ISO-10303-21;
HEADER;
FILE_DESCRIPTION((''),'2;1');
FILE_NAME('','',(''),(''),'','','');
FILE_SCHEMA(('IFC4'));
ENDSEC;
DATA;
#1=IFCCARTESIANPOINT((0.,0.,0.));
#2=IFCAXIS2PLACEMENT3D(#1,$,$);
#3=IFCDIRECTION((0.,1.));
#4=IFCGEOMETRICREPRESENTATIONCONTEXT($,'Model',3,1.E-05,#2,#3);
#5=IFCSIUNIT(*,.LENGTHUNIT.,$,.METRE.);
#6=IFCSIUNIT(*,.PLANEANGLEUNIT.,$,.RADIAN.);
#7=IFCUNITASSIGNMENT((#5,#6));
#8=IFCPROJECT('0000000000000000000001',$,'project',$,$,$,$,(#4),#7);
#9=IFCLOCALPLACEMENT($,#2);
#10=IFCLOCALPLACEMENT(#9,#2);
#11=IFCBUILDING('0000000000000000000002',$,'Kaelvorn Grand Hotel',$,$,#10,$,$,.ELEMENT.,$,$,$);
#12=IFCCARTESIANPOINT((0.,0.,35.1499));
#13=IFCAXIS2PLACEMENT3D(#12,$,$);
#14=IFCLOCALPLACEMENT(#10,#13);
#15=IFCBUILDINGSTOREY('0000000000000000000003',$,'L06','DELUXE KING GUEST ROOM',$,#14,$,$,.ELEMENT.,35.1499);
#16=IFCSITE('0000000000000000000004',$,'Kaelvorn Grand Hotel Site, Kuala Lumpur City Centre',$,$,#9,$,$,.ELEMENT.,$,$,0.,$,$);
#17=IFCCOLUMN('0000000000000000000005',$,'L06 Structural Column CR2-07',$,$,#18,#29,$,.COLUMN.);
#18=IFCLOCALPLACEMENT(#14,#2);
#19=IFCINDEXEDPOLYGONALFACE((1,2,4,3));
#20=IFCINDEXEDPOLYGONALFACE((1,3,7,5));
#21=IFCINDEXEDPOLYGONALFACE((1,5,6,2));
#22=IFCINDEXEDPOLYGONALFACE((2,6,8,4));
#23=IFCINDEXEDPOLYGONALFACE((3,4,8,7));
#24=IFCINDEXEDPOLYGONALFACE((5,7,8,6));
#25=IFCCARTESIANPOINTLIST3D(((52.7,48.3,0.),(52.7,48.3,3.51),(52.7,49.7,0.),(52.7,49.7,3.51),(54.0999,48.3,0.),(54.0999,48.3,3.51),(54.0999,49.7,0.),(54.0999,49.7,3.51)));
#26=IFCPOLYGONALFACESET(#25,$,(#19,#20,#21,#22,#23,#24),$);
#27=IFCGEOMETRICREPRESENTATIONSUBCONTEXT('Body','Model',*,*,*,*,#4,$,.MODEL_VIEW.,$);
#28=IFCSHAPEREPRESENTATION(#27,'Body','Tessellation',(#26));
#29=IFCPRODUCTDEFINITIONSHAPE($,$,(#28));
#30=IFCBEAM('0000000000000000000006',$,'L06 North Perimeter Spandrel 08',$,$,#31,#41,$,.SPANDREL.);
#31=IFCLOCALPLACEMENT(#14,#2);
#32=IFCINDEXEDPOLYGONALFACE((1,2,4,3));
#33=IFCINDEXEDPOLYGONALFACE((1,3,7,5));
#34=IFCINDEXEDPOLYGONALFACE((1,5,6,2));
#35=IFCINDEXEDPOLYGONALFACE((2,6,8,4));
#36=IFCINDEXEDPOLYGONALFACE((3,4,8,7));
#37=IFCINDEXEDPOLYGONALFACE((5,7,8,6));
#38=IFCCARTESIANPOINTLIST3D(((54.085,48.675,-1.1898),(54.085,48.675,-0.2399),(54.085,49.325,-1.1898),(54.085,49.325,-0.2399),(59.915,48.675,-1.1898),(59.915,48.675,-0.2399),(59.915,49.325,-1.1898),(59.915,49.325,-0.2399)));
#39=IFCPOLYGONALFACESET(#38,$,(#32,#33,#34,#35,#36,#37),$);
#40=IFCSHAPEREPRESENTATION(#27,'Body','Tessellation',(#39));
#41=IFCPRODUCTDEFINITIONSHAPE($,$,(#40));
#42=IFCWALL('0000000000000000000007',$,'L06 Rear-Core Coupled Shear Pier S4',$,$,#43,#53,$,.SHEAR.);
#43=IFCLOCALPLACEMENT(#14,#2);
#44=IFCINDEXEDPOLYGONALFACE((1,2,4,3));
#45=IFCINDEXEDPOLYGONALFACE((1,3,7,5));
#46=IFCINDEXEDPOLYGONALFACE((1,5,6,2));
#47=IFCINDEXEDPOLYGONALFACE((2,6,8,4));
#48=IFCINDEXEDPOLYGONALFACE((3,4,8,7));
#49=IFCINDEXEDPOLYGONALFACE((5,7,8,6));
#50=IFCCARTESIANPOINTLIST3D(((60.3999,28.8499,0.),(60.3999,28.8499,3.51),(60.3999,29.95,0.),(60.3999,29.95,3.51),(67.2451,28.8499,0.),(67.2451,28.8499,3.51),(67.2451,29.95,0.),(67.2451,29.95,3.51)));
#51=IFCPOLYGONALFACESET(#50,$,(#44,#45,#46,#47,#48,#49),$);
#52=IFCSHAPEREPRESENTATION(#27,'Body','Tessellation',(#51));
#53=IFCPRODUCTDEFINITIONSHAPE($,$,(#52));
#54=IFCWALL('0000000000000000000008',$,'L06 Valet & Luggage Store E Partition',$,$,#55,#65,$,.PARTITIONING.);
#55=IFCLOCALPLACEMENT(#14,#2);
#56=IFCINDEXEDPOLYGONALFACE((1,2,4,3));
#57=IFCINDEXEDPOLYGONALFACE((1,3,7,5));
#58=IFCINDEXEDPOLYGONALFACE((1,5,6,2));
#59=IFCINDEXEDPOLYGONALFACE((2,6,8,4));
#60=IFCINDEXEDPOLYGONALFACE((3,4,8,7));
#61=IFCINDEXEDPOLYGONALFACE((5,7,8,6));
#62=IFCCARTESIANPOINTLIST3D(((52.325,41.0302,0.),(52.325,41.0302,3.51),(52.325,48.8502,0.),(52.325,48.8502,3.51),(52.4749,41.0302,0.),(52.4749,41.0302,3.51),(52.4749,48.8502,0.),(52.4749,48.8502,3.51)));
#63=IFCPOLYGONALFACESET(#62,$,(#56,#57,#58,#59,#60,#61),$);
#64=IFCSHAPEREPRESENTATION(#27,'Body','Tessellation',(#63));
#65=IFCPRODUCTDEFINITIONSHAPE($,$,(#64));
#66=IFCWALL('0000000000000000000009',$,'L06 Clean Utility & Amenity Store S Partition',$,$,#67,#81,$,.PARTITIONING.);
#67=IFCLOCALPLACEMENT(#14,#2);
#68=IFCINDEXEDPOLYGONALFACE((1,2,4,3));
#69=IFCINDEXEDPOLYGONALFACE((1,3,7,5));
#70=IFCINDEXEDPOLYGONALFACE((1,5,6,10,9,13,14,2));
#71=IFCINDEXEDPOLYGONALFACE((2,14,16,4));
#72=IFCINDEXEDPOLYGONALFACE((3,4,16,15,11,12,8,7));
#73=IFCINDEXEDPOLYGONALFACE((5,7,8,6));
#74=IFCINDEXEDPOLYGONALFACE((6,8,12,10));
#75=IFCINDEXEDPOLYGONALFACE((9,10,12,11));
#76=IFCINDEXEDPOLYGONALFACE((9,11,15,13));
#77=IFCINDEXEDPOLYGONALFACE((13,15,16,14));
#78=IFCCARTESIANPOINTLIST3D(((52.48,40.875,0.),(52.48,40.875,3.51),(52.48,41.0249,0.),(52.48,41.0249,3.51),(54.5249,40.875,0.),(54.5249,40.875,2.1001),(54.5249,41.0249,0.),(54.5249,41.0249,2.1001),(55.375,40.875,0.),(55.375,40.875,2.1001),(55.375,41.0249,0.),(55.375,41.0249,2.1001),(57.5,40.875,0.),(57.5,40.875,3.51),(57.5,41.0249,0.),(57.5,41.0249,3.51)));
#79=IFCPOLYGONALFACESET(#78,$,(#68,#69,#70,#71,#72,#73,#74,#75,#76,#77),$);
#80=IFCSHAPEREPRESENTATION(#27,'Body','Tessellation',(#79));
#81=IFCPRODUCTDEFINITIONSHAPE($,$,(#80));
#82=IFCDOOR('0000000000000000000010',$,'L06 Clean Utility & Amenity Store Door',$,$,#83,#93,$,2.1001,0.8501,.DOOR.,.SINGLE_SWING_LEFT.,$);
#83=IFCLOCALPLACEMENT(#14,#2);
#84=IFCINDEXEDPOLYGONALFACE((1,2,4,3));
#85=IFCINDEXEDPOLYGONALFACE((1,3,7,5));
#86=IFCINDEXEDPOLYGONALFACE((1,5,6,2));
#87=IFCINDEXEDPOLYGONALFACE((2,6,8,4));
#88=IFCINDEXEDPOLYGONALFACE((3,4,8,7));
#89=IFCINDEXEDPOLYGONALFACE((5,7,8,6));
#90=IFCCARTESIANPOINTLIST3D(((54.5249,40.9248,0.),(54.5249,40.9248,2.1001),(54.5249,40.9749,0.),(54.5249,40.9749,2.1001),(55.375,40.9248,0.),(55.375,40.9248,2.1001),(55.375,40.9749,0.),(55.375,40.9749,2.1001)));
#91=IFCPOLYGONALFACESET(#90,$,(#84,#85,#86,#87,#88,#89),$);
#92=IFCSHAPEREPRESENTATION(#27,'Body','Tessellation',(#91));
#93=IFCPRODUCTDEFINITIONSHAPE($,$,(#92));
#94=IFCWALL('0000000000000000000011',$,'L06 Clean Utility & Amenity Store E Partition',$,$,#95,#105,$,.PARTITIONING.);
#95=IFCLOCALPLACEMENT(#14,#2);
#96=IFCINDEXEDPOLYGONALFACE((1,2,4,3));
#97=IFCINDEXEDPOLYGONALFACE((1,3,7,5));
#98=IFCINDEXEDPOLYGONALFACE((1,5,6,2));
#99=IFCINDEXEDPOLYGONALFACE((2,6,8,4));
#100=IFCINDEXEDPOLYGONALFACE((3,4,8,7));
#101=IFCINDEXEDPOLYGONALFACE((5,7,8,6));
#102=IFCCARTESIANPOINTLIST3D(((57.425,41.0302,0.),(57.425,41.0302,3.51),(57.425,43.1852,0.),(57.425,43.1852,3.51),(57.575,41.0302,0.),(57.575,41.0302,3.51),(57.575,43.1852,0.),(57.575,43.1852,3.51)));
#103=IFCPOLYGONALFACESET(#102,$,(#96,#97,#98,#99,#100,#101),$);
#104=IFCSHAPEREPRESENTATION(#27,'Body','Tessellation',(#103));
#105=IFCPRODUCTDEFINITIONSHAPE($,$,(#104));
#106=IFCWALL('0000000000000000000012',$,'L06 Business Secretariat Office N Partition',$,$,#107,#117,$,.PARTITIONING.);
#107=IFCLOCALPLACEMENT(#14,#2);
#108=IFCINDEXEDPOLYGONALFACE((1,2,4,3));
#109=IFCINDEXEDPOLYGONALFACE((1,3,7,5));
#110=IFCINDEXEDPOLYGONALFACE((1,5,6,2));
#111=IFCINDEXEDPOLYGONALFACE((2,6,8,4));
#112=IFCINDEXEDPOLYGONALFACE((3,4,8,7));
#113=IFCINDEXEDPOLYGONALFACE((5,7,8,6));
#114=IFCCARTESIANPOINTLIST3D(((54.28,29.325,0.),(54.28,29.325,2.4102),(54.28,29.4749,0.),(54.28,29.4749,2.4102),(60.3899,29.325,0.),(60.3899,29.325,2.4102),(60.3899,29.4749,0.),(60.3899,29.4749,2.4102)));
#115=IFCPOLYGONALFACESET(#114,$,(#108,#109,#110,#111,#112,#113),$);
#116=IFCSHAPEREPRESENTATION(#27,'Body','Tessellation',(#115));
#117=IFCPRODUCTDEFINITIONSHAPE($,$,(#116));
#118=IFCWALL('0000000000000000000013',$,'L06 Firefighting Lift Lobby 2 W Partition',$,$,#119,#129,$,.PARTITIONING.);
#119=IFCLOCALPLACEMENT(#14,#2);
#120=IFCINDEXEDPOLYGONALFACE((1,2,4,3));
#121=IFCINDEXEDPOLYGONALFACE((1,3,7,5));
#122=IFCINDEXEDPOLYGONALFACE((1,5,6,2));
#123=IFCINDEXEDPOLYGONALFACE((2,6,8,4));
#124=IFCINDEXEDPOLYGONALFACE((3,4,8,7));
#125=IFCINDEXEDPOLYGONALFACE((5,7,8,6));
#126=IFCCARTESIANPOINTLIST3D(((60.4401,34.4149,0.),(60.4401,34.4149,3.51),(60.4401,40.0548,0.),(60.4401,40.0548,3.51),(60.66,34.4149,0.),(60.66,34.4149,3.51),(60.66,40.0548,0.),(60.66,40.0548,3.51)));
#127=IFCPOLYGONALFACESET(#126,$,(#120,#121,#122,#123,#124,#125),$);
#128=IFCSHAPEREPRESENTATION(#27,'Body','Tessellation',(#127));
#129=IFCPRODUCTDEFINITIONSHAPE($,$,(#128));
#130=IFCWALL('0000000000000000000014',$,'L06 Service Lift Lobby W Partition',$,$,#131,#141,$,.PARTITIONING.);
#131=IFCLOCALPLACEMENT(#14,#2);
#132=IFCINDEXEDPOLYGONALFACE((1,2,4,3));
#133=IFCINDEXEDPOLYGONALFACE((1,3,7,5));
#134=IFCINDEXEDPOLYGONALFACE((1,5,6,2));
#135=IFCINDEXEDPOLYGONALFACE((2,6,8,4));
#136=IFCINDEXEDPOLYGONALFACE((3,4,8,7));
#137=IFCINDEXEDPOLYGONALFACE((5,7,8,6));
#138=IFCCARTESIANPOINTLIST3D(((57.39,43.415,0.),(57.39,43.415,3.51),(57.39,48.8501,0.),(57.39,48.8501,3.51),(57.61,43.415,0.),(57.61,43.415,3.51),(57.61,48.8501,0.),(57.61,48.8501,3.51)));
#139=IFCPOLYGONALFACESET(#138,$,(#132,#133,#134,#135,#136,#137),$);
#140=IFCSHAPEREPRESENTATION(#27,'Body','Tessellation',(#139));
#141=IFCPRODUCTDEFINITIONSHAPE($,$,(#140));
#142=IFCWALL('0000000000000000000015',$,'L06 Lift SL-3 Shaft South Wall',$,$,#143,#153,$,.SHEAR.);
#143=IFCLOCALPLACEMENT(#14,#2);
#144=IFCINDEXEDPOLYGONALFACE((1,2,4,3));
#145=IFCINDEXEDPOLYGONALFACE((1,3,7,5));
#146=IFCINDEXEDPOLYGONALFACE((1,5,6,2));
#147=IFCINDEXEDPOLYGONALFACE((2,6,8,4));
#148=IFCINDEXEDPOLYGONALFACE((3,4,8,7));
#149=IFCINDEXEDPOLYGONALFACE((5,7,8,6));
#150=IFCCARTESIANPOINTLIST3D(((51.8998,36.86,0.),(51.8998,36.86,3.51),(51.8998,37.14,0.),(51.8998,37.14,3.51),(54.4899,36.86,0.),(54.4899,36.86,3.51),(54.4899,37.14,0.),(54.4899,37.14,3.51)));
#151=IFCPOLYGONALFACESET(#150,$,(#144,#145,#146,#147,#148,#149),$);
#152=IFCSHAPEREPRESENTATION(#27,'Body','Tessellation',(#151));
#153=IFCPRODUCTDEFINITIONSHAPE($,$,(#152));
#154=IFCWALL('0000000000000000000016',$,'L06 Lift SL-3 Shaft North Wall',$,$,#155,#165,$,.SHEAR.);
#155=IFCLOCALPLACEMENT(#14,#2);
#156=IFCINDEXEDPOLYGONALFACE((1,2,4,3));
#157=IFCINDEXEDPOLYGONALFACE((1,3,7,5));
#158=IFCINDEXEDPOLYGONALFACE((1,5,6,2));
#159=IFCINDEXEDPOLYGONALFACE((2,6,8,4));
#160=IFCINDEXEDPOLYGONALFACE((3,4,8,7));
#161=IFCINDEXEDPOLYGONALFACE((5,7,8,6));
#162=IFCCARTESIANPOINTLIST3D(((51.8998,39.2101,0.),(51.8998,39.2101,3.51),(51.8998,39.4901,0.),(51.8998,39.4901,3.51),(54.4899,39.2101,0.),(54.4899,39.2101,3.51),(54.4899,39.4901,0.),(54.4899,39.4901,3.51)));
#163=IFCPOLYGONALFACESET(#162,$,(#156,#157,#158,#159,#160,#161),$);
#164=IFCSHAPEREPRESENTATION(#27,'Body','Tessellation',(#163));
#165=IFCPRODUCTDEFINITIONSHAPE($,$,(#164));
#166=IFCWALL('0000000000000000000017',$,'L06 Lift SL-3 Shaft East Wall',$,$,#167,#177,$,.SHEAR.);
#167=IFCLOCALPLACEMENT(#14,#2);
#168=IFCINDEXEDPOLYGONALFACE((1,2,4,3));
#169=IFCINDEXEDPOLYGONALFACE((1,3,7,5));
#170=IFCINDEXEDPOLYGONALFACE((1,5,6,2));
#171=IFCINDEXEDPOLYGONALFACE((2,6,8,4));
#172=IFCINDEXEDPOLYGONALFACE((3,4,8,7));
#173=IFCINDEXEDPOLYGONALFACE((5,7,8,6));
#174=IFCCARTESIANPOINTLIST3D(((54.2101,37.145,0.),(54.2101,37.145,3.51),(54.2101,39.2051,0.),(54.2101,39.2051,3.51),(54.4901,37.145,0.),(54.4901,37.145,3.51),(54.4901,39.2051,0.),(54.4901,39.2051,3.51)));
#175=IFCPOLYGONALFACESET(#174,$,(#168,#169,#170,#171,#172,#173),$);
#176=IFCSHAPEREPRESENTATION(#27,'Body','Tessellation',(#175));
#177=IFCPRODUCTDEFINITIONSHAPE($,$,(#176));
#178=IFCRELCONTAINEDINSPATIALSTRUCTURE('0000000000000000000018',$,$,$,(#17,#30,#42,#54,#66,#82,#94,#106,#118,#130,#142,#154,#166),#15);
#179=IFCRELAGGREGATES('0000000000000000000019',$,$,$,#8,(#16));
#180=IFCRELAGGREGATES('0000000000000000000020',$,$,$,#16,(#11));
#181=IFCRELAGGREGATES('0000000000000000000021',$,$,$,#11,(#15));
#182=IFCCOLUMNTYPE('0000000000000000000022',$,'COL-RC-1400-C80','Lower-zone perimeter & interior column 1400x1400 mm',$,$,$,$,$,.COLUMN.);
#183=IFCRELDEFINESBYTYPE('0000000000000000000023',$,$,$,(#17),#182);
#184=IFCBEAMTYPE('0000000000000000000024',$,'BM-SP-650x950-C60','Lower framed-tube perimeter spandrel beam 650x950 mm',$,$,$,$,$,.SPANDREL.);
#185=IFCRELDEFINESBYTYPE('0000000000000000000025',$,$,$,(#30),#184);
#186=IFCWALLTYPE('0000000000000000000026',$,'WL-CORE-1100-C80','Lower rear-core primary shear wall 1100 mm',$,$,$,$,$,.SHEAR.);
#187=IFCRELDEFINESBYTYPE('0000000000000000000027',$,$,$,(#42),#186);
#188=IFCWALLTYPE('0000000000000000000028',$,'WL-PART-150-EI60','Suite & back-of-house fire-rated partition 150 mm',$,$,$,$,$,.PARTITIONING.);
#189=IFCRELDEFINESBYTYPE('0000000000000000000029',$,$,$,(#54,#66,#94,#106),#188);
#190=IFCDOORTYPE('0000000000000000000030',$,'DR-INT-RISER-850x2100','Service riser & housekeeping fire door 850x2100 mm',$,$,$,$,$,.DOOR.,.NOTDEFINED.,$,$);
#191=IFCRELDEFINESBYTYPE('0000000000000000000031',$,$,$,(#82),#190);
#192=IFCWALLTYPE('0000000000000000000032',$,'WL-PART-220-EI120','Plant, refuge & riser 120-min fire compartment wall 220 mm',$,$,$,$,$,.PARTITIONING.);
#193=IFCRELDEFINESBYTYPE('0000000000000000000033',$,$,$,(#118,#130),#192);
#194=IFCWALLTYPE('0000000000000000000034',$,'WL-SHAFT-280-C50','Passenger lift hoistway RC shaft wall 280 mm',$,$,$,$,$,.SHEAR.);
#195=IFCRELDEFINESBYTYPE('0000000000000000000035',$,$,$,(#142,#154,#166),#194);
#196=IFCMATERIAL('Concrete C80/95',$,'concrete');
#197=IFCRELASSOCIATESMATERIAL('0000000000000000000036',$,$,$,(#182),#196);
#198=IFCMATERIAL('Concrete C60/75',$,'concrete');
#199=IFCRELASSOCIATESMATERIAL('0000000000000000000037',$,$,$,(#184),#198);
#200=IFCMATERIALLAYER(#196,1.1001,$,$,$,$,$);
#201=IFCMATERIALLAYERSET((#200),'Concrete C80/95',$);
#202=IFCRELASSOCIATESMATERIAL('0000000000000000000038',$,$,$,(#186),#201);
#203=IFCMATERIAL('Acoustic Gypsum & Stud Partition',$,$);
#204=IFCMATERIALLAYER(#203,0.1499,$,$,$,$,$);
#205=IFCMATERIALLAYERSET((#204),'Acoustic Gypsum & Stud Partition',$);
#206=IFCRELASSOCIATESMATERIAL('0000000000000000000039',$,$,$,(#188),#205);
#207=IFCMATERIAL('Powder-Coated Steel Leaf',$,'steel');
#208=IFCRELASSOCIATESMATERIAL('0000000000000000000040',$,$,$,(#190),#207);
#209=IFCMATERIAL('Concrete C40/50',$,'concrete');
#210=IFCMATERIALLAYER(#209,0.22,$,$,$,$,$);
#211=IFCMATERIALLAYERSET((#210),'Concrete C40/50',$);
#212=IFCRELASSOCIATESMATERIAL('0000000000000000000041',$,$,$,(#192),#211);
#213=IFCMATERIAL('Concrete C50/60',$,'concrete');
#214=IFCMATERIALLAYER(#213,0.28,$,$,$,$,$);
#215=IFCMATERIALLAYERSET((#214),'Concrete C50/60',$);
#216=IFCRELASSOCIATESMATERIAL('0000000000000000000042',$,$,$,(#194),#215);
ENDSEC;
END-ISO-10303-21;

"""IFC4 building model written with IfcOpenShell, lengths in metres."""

from ifc_helpers import new_model, si_unit, direction, frame, frame_2d, origin, origin_2d, place, context, subcontext, project, spatial, rectangle, extrude, material, layer, layer_set, material_profile, profile_set, type_object, element, fill, save


model = new_model("IFC4")

# Units and contexts
model_context = context("Model", 3, precision=1e-05, world=origin(), true_north=direction((0.0, 1.0)))
body_context = subcontext(model_context, "Body", "Model", "MODEL_VIEW")
ifc_project = project(units=[si_unit("LENGTHUNIT", "METRE"), si_unit("PLANEANGLEUNIT", "RADIAN")], contexts=[model_context])

# Site, building, storey
site_placement = place(None, origin())
site = spatial("IfcSite", under=ifc_project, at=site_placement, Name="Kaelvorn Grand Hotel Site, Kuala Lumpur City Centre", CompositionType="ELEMENT", RefElevation=0.0)
building_placement = place(site_placement, origin())
building = spatial("IfcBuilding", under=site, at=building_placement, Name="Kaelvorn Grand Hotel", CompositionType="ELEMENT")
storey_placement = place(building_placement, frame((0.0, 0.0, 35.1499)))
storey = spatial("IfcBuildingStorey", under=building, at=storey_placement, Name="L06", Description="DELUXE KING GUEST ROOM", CompositionType="ELEMENT", Elevation=35.1499)

# Column
ifc_material_1 = material(Name="Concrete C80/95", Category="concrete")
ifc_material_profile_1 = material_profile(ifc_material_1, rectangle(XDim=1.3999, YDim=1.3999, at=origin_2d()), Name="RC COL 1400x1400")
ifc_profile_set_1 = profile_set([ifc_material_profile_1], Name="Concrete C80/95")
column_type = type_object("IfcColumnType", Name="COL-RC-1400-C80", Description="Lower-zone perimeter & interior column 1400x1400 mm", PredefinedType="COLUMN", material=ifc_profile_set_1)
column_placement = place(storey_placement, frame((53.3999, 49.0, 0.0), z_axis=(0.0, 0.0, 1.0), x_axis=(1.0, 0.0, 0.0)))
element("IfcColumn", 1, at=column_placement, inside=storey, type_object=column_type, Name="L06 Structural Column CR2-07", PredefinedType="COLUMN", context=body_context, shape_type="SweptSolid", body=[
    extrude(rectangle(XDim=1.3999, YDim=1.3999, at=origin_2d()), origin(), (0.0, 0.0, 1.0), 3.51),
])

# Beam
ifc_material_2 = material(Name="Concrete C60/75", Category="concrete")
ifc_material_profile_2 = material_profile(ifc_material_2, rectangle(XDim=0.6499, YDim=0.95, at=origin_2d()), Name="RC SPANDREL 650x950")
ifc_profile_set_2 = profile_set([ifc_material_profile_2], Name="Concrete C60/75")
beam_type = type_object("IfcBeamType", Name="BM-SP-650x950-C60", Description="Lower framed-tube perimeter spandrel beam 650x950 mm", PredefinedType="SPANDREL", material=ifc_profile_set_2)
beam_placement = place(storey_placement, frame((54.085, 49.0, -0.7148), z_axis=(1.0, 0.0, 0.0), x_axis=(0.0, 1.0, 0.0)))
element("IfcBeam", 2, at=beam_placement, inside=storey, type_object=beam_type, Name="L06 North Perimeter Spandrel 08", PredefinedType="SPANDREL", context=body_context, shape_type="SweptSolid", body=[
    extrude(rectangle(XDim=0.6499, YDim=0.95, at=origin_2d()), origin(), (0.0, 0.0, 1.0), 5.8301),
])

# Walls
ifc_layer_1 = layer(ifc_material_1, 1.1001)
ifc_layer_set_1 = layer_set([ifc_layer_1], Name="Concrete C80/95")
wall_type_1 = type_object("IfcWallType", Name="WL-CORE-1100-C80", Description="Lower rear-core primary shear wall 1100 mm", PredefinedType="SHEAR", material=ifc_layer_set_1)
wall_1_placement = place(storey_placement, frame((60.3999, 29.3999, 0.0), z_axis=(0.0, 0.0, 1.0), x_axis=(1.0, 0.0, 0.0)))
element("IfcWall", 3, at=wall_1_placement, inside=storey, type_object=wall_type_1, Name="L06 Rear-Core Coupled Shear Pier S4", PredefinedType="SHEAR", context=body_context, shape_type="SweptSolid", body=[
    extrude(rectangle(XDim=6.8452, YDim=1.1001, at=frame_2d((3.4226, 0.0))), origin(), (0.0, 0.0, 1.0), 3.51),
])
ifc_material_3 = material(Name="Acoustic Gypsum & Stud Partition")
ifc_layer_2 = layer(ifc_material_3, 0.1499)
ifc_layer_set_2 = layer_set([ifc_layer_2], Name="Acoustic Gypsum & Stud Partition")
wall_type_2 = type_object("IfcWallType", Name="WL-PART-150-EI60", Description="Suite & back-of-house fire-rated partition 150 mm", PredefinedType="PARTITIONING", material=ifc_layer_set_2)
wall_2_placement = place(storey_placement, frame((52.3999, 41.03, 0.0), z_axis=(0.0, 0.0, 1.0), x_axis=(0.0, 1.0, 0.0)))
element("IfcWall", 4, at=wall_2_placement, inside=storey, type_object=wall_type_2, Name="L06 Valet & Luggage Store E Partition", PredefinedType="PARTITIONING", context=body_context, shape_type="SweptSolid", body=[
    extrude(rectangle(XDim=7.8201, YDim=0.1499, at=frame_2d((3.9102, 0.0))), origin(), (0.0, 0.0, 1.0), 3.51),
])

# Wall, opening, door
wall_3_placement = place(storey_placement, frame((52.48, 40.95, 0.0), z_axis=(0.0, 0.0, 1.0), x_axis=(1.0, 0.0, 0.0)))
wall_3 = element("IfcWall", 5, at=wall_3_placement, inside=storey, type_object=wall_type_2, Name="L06 Clean Utility & Amenity Store S Partition", PredefinedType="PARTITIONING", context=body_context, shape_type="SweptSolid", body=[
    extrude(rectangle(XDim=5.02, YDim=0.1499, at=frame_2d((2.51, 0.0))), origin(), (0.0, 0.0, 1.0), 3.51),
])
opening_1_placement = place(wall_3_placement, frame((2.0449, 0.0, 0.0)))
opening_1 = element("IfcOpeningElement", 6, at=opening_1_placement, cuts=wall_3, PredefinedType="OPENING", context=body_context, shape_type="SweptSolid", body=[
    extrude(rectangle(XDim=0.8501, YDim=2.1001, at=frame_2d((0.425, 1.05))), frame((0.0, 0.085, 0.0), z_axis=(0.0, -1.0, 0.0), x_axis=(1.0, 0.0, 0.0)), (0.0, 0.0, 1.0), 0.1699),
])
ifc_material_4 = material(Name="Powder-Coated Steel Leaf", Category="steel")
door_type_1 = type_object("IfcDoorType", Name="DR-INT-RISER-850x2100", Description="Service riser & housekeeping fire door 850x2100 mm", OperationType="NOTDEFINED", PredefinedType="DOOR", material=ifc_material_4)
door_1_placement = place(opening_1_placement, origin())
door_1 = element("IfcDoor", 7, at=door_1_placement, inside=storey, type_object=door_type_1, Name="L06 Clean Utility & Amenity Store Door", OperationType="SINGLE_SWING_LEFT", OverallHeight=2.1001, OverallWidth=0.8501, PredefinedType="DOOR", context=body_context, shape_type="SweptSolid", body=[
    extrude(rectangle(XDim=0.8501, YDim=2.1001, at=frame_2d((0.425, 1.05))), frame((0.0, 0.0249, 0.0), z_axis=(0.0, -1.0, 0.0), x_axis=(1.0, 0.0, 0.0)), (0.0, 0.0, 1.0), 0.05),
])
fill(opening_1, door_1)

# Walls
wall_4_placement = place(storey_placement, frame((57.5, 41.03, 0.0), z_axis=(0.0, 0.0, 1.0), x_axis=(0.0, 1.0, 0.0)))
element("IfcWall", 8, at=wall_4_placement, inside=storey, type_object=wall_type_2, Name="L06 Clean Utility & Amenity Store E Partition", PredefinedType="PARTITIONING", context=body_context, shape_type="SweptSolid", body=[
    extrude(rectangle(XDim=2.155, YDim=0.1499, at=frame_2d((1.0776, 0.0))), origin(), (0.0, 0.0, 1.0), 3.51),
])
wall_5_placement = place(storey_placement, frame((54.28, 29.3999, 0.0), z_axis=(0.0, 0.0, 1.0), x_axis=(1.0, 0.0, 0.0)))
element("IfcWall", 9, at=wall_5_placement, inside=storey, type_object=wall_type_2, Name="L06 Business Secretariat Office N Partition", PredefinedType="PARTITIONING", context=body_context, shape_type="SweptSolid", body=[
    extrude(rectangle(XDim=6.1099, YDim=0.1499, at=frame_2d((3.0549, 0.0))), origin(), (0.0, 0.0, 1.0), 2.4102),
])

# Shared definitions
ifc_material_5 = material(Name="Concrete C40/50", Category="concrete")
ifc_layer_3 = layer(ifc_material_5, 0.22)
ifc_layer_set_3 = layer_set([ifc_layer_3], Name="Concrete C40/50")
wall_type_3 = type_object("IfcWallType", Name="WL-PART-220-EI120", Description="Plant, refuge & riser 120-min fire compartment wall 220 mm", PredefinedType="PARTITIONING", material=ifc_layer_set_3)

# Wall
wall_6_placement = place(storey_placement, frame((60.55, 34.415, 0.0), z_axis=(0.0, 0.0, 1.0), x_axis=(0.0, 1.0, 0.0)))
element("IfcWall", 10, at=wall_6_placement, inside=storey, type_object=wall_type_3, Name="L06 Firefighting Lift Lobby 2 W Partition", PredefinedType="PARTITIONING", context=body_context, shape_type="SweptSolid", body=[
    extrude(rectangle(XDim=5.6399, YDim=0.22, at=frame_2d((2.8198, 0.0))), origin(), (0.0, 0.0, 1.0), 3.51),
])

# Walls
wall_7_placement = place(storey_placement, frame((57.5, 43.415, 0.0), z_axis=(0.0, 0.0, 1.0), x_axis=(0.0, 1.0, 0.0)))
element("IfcWall", 11, at=wall_7_placement, inside=storey, type_object=wall_type_3, Name="L06 Service Lift Lobby W Partition", PredefinedType="PARTITIONING", context=body_context, shape_type="SweptSolid", body=[
    extrude(rectangle(XDim=5.4351, YDim=0.22, at=frame_2d((2.7175, 0.0))), origin(), (0.0, 0.0, 1.0), 3.51),
])
ifc_material_6 = material(Name="Concrete C50/60", Category="concrete")
ifc_layer_4 = layer(ifc_material_6, 0.28)
ifc_layer_set_4 = layer_set([ifc_layer_4], Name="Concrete C50/60")
wall_type_4 = type_object("IfcWallType", Name="WL-SHAFT-280-C50", Description="Passenger lift hoistway RC shaft wall 280 mm", PredefinedType="SHEAR", material=ifc_layer_set_4)
for number, where, z_axis, x_axis, name in (
    (12, (51.8999, 37.0, 0.0), (0.0, 0.0, 1.0), (1.0, 0.0, 0.0), "L06 Lift SL-3 Shaft South Wall"),
    (13, (51.8999, 39.3501, 0.0), (0.0, 0.0, 1.0), (1.0, 0.0, 0.0), "L06 Lift SL-3 Shaft North Wall"),
):
    element("IfcWall", number, at=place(storey_placement, frame(where, z_axis=z_axis, x_axis=x_axis)), inside=storey, type_object=wall_type_4, Name=name, PredefinedType="SHEAR", context=body_context, shape_type="SweptSolid", body=[
        extrude(rectangle(XDim=2.5901, YDim=0.28, at=frame_2d((1.2949, 0.0))), origin(), (0.0, 0.0, 1.0), 3.51),
    ])
wall_8_placement = place(storey_placement, frame((54.3501, 37.145, 0.0), z_axis=(0.0, 0.0, 1.0), x_axis=(0.0, 1.0, 0.0)))
element("IfcWall", 14, at=wall_8_placement, inside=storey, type_object=wall_type_4, Name="L06 Lift SL-3 Shaft East Wall", PredefinedType="SHEAR", context=body_context, shape_type="SweptSolid", body=[
    extrude(rectangle(XDim=2.0601, YDim=0.28, at=frame_2d((1.03, 0.0))), origin(), (0.0, 0.0, 1.0), 3.51),
])

save(model, "model.ifc")
